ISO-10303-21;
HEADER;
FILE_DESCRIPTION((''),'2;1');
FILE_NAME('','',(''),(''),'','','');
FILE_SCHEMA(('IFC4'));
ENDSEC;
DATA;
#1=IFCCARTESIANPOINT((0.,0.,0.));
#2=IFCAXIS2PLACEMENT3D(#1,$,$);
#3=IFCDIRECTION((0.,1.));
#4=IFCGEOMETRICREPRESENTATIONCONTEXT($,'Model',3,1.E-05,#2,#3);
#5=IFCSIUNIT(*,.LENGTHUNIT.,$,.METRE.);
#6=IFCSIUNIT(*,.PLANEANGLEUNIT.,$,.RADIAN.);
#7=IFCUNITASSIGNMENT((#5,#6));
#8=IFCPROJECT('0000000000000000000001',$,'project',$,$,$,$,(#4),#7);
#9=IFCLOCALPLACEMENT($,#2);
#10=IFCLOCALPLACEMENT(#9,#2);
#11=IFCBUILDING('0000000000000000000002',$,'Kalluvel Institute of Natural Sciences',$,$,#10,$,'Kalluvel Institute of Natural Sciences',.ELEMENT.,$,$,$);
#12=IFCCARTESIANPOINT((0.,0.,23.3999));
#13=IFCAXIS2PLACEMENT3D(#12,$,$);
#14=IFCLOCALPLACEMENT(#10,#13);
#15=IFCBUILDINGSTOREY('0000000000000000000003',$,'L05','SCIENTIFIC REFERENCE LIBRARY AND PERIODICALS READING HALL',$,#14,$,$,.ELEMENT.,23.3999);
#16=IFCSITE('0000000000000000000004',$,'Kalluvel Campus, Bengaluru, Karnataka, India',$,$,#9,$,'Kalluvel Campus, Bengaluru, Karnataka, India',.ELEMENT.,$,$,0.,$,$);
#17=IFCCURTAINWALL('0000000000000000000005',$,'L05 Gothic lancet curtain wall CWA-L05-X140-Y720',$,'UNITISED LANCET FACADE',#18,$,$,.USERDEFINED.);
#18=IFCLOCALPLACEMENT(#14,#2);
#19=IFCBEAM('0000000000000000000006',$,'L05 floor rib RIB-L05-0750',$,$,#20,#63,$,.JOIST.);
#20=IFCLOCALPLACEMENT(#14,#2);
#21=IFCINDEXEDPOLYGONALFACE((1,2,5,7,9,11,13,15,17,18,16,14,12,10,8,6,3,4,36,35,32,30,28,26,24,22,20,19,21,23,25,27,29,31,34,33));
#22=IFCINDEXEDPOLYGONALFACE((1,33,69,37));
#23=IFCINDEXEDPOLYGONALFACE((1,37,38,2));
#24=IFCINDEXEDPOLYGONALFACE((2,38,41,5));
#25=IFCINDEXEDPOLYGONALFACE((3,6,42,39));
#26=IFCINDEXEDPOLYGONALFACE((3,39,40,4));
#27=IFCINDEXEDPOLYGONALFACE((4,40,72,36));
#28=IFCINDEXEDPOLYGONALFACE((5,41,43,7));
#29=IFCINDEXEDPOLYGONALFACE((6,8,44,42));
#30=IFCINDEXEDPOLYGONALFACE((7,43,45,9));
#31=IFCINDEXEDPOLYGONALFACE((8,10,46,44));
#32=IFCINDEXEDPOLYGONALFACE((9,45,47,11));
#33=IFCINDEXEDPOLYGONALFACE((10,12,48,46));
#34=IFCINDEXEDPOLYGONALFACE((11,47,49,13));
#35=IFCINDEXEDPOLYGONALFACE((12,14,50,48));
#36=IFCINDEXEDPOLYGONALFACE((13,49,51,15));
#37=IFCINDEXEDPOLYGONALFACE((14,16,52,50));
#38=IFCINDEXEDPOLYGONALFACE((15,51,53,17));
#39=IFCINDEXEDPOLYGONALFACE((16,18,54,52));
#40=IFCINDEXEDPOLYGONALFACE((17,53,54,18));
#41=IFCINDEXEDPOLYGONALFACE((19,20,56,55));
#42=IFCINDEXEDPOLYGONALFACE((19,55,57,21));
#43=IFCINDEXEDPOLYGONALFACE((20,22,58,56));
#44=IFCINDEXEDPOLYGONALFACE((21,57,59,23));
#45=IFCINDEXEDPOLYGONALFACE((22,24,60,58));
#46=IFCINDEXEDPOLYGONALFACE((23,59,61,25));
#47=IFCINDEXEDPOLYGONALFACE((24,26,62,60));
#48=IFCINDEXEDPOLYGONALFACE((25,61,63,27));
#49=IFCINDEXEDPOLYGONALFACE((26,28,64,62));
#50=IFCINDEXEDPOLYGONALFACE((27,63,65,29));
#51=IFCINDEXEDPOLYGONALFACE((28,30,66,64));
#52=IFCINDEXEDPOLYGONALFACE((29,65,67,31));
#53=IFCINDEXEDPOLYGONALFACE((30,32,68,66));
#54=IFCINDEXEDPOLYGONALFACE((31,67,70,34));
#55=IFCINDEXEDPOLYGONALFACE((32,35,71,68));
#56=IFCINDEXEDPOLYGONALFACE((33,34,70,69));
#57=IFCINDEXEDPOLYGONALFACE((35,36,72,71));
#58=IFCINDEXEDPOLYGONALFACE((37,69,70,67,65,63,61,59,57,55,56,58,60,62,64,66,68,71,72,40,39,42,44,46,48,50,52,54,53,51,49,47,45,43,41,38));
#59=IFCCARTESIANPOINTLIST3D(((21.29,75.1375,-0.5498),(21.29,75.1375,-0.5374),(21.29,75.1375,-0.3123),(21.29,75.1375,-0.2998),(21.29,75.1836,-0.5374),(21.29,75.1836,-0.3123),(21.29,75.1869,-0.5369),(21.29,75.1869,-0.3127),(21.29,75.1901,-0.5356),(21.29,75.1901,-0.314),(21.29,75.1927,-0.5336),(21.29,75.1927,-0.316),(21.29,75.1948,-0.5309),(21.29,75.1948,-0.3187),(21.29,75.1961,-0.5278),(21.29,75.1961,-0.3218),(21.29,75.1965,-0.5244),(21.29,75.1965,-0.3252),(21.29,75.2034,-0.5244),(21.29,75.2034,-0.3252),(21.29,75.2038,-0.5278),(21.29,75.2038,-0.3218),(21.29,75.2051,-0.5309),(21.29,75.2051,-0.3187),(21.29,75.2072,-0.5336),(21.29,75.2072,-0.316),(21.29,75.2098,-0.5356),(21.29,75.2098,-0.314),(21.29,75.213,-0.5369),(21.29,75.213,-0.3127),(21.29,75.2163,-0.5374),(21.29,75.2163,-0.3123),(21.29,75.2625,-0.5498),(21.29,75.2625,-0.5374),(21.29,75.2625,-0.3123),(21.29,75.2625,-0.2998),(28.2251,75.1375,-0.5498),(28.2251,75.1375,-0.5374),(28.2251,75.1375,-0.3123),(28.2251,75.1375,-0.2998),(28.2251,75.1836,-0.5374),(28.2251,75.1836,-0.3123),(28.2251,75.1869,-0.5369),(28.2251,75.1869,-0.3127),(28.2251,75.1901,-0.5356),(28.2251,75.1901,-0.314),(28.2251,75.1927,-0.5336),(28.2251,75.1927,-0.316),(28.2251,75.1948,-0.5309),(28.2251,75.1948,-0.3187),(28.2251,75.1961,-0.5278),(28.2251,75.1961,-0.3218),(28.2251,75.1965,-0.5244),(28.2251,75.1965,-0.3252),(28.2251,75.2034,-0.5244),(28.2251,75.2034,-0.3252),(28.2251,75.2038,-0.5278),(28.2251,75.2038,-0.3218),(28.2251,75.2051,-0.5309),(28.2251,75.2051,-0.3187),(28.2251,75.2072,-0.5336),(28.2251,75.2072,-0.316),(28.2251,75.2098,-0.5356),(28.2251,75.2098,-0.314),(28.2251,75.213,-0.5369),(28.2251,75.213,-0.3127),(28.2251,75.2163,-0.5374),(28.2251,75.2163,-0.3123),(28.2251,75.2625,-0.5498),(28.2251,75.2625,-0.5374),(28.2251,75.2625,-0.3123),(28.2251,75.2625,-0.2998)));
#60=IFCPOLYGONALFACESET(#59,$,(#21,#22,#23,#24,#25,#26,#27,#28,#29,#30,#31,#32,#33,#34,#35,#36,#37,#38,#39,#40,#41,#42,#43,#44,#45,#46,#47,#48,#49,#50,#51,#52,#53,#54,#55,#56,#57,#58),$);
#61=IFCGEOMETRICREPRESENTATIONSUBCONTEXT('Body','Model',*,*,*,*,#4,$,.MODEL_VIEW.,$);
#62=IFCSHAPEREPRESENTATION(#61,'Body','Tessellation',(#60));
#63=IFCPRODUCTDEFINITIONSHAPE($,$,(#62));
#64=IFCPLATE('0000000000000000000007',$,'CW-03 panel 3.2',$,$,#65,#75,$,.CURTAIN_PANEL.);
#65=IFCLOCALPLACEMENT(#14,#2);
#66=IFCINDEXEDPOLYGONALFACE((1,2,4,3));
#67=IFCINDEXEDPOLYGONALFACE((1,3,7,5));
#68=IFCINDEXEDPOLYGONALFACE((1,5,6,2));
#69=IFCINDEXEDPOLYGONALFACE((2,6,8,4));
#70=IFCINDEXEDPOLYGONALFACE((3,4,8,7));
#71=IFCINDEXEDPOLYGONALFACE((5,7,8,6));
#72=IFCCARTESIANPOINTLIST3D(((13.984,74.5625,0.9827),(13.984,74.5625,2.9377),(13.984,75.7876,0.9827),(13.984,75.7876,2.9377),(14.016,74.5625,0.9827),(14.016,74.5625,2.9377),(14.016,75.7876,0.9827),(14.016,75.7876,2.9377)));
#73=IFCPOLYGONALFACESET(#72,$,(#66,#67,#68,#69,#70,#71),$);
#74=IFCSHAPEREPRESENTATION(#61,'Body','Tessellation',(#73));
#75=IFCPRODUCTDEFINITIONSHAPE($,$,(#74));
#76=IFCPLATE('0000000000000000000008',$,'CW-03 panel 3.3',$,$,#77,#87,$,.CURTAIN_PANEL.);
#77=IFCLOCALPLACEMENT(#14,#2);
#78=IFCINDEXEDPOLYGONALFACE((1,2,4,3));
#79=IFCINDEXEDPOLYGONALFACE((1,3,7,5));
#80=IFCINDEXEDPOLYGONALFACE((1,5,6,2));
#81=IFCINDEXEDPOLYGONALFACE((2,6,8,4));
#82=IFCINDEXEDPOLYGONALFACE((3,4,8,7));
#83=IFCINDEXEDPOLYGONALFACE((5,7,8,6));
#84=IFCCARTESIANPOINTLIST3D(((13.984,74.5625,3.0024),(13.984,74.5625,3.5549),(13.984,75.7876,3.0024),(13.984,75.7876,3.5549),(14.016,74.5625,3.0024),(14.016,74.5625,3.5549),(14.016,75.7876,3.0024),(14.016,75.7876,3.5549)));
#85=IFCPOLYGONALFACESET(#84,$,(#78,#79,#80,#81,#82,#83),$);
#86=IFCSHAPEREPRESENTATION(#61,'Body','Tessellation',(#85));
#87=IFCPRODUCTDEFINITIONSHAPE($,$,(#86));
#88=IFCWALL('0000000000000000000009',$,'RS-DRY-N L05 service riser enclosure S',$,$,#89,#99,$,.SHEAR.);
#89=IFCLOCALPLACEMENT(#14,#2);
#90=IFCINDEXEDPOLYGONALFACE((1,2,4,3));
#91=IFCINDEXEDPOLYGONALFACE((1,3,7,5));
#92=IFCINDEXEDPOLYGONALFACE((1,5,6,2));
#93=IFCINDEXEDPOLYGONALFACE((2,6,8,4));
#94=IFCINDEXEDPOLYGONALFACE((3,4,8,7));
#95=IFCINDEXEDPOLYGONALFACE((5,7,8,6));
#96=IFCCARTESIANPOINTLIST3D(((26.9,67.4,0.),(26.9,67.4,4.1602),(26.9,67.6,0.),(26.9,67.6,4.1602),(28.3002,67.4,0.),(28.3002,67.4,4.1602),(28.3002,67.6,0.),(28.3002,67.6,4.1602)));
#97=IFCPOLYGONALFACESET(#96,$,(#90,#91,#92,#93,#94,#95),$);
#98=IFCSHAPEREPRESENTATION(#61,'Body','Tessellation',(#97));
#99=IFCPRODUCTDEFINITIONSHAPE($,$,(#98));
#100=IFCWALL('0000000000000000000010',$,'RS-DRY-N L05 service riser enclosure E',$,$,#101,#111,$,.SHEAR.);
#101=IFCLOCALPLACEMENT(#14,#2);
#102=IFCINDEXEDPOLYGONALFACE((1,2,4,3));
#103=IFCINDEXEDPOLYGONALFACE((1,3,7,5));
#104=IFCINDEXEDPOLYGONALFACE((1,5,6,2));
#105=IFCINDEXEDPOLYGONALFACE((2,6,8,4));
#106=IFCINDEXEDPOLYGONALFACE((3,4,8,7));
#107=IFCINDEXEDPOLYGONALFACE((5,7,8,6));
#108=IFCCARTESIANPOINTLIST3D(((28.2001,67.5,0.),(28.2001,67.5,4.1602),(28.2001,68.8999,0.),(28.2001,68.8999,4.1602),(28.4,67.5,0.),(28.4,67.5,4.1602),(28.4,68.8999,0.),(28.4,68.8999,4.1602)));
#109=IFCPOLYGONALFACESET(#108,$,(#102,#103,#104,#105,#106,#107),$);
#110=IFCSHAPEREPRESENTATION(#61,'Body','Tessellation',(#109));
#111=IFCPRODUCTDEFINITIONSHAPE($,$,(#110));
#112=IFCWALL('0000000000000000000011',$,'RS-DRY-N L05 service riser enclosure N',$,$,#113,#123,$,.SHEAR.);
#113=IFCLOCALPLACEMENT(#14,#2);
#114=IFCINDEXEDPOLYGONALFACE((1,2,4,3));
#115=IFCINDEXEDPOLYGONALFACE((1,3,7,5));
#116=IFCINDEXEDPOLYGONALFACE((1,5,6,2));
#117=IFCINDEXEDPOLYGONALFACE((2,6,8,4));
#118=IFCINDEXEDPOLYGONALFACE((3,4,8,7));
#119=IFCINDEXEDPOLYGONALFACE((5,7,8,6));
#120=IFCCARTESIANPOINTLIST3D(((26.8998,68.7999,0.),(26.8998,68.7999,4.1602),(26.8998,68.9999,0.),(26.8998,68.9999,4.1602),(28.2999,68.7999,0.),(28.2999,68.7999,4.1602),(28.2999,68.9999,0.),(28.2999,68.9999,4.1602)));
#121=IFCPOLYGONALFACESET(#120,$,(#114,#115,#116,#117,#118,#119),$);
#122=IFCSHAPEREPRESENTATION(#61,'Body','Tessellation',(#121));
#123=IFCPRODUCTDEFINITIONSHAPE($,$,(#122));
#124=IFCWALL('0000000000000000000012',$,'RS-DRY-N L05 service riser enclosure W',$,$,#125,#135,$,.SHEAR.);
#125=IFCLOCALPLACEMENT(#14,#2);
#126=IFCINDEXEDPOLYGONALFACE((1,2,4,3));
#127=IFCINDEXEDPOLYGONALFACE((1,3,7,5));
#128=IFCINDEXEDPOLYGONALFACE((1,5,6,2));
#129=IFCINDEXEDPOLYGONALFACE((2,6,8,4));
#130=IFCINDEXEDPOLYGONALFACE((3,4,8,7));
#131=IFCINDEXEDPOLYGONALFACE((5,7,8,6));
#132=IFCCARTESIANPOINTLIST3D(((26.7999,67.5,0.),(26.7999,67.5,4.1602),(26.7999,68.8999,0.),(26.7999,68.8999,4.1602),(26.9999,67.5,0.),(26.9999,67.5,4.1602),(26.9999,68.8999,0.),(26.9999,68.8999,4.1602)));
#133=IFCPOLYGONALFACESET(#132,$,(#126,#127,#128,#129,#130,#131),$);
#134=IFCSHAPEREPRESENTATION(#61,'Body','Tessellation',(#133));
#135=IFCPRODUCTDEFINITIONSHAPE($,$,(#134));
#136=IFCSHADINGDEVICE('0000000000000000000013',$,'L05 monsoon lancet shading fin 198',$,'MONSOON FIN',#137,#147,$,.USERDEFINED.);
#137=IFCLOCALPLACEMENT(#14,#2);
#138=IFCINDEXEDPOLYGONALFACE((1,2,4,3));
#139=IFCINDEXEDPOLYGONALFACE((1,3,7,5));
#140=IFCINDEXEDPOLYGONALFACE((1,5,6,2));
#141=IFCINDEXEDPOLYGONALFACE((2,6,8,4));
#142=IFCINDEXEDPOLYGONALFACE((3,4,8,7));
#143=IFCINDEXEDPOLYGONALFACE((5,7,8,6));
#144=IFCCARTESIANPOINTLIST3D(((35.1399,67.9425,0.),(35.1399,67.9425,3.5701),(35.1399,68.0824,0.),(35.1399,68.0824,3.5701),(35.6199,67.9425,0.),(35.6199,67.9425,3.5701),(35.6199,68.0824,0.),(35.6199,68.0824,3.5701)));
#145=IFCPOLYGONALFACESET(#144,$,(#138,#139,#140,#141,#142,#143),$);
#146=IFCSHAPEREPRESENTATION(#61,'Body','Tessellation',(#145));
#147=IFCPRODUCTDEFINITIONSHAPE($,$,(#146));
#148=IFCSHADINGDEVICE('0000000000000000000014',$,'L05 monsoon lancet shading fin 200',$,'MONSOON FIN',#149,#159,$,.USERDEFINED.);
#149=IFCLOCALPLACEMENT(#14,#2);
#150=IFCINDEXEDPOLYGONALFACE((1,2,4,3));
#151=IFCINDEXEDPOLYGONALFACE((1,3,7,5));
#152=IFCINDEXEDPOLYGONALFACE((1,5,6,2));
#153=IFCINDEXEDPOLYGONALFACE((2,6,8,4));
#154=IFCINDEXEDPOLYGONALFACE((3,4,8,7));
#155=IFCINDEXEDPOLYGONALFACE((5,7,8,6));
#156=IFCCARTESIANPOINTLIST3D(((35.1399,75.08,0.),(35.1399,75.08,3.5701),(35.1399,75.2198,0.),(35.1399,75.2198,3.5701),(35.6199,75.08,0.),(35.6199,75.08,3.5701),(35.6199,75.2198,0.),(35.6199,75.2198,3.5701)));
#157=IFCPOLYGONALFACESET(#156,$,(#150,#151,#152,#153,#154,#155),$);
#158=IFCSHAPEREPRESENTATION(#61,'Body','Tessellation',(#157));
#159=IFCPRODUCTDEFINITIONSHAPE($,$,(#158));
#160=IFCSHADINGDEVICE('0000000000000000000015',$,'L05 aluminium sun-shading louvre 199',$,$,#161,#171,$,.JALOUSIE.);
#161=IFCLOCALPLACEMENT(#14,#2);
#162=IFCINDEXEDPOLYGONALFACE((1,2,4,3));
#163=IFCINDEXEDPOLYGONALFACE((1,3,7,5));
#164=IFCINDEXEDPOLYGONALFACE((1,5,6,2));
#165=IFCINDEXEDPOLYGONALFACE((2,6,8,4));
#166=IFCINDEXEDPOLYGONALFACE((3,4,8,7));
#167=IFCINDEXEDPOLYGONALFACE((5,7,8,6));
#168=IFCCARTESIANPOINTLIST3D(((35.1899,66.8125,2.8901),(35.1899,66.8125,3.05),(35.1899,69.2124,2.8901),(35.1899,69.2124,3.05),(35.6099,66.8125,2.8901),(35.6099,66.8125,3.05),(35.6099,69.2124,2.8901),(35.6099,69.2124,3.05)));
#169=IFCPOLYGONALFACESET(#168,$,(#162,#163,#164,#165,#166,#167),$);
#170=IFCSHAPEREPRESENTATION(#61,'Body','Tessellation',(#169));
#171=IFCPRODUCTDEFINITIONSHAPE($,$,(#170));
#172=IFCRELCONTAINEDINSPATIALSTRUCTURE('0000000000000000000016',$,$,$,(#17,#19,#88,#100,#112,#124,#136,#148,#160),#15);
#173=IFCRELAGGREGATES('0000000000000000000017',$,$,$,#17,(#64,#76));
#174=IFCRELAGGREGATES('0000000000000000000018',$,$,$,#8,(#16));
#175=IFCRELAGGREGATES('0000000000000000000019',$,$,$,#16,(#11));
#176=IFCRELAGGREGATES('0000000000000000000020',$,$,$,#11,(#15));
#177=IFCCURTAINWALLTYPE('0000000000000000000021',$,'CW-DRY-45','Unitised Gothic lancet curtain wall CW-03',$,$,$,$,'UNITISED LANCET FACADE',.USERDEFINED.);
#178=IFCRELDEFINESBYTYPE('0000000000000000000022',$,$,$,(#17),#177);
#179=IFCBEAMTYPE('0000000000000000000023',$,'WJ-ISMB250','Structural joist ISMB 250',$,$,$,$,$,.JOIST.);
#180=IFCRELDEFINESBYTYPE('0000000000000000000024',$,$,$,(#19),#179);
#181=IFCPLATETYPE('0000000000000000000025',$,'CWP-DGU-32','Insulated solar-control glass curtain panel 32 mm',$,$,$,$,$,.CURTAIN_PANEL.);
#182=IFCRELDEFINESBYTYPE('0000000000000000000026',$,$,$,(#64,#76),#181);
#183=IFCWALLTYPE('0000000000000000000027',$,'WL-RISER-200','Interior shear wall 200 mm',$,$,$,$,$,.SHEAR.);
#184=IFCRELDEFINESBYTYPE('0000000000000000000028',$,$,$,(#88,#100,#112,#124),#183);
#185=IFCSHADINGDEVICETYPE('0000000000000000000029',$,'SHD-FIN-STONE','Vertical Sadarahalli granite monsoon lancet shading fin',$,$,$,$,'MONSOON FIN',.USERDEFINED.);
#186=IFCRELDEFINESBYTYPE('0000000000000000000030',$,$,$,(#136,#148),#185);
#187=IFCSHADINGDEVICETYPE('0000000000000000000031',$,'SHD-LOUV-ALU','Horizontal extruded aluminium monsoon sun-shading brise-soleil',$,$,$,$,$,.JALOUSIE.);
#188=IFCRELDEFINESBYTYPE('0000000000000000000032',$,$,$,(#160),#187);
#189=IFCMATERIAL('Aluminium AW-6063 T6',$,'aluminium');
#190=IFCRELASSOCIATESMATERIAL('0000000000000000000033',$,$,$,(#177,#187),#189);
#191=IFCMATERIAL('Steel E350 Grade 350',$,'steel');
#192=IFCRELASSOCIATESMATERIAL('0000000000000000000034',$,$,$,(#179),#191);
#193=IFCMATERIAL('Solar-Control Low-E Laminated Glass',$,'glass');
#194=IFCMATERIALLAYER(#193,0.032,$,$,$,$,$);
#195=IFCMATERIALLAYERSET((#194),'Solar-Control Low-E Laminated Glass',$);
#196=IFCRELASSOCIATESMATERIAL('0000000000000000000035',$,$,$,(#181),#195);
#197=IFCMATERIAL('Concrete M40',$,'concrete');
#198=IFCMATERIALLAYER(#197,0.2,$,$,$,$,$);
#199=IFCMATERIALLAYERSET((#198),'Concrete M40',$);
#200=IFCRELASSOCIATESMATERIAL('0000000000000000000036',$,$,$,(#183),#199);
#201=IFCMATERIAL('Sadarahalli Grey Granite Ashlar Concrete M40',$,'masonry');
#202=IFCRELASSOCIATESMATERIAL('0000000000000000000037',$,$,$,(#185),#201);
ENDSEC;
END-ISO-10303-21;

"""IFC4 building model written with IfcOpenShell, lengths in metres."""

from ifc_helpers import new_model, si_unit, direction, frame, frame_2d, origin, origin_2d, place, context, subcontext, project, spatial, rectangle, i_section, extrude, material, layer, layer_set, material_profile, profile_set, type_object, element, aggregate, save


model = new_model("IFC4")

# Units and contexts
model_context = context("Model", 3, precision=1e-05, world=origin(), true_north=direction((0.0, 1.0)))
body_context = subcontext(model_context, "Body", "Model", "MODEL_VIEW")
ifc_project = project(units=[si_unit("LENGTHUNIT", "METRE"), si_unit("PLANEANGLEUNIT", "RADIAN")], contexts=[model_context])

# Site, building, storey
site_placement = place(None, origin())
site = spatial("IfcSite", under=ifc_project, at=site_placement, Name="Kalluvel Campus, Bengaluru, Karnataka, India", LongName="Kalluvel Campus, Bengaluru, Karnataka, India", CompositionType="ELEMENT", RefElevation=0.0)
building_placement = place(site_placement, origin())
building = spatial("IfcBuilding", under=site, at=building_placement, Name="Kalluvel Institute of Natural Sciences", LongName="Kalluvel Institute of Natural Sciences", CompositionType="ELEMENT")
storey_placement = place(building_placement, frame((0.0, 0.0, 23.3999)))
storey = spatial("IfcBuildingStorey", under=building, at=storey_placement, Name="L05", Description="SCIENTIFIC REFERENCE LIBRARY AND PERIODICALS READING HALL", CompositionType="ELEMENT", Elevation=23.3999)

# Shared definitions
ifc_material_1 = material(Name="Concrete M40", Category="concrete")

# Shared definitions
ifc_material_2 = material(Name="Steel E350 Grade 350", Category="steel")

# Curtain wall
ifc_material_3 = material(Name="Aluminium AW-6063 T6", Category="aluminium")
curtain_wall_type = type_object("IfcCurtainWallType", Name="CW-DRY-45", Description="Unitised Gothic lancet curtain wall CW-03", ElementType="UNITISED LANCET FACADE", PredefinedType="USERDEFINED", material=ifc_material_3)
curtain_wall_placement = place(storey_placement, origin())
curtain_wall = element("IfcCurtainWall", 1, at=curtain_wall_placement, inside=storey, type_object=curtain_wall_type, Name="L05 Gothic lancet curtain wall CWA-L05-X140-Y720", ObjectType="UNITISED LANCET FACADE", PredefinedType="USERDEFINED")

# Beam
ifc_material_profile_1 = material_profile(ifc_material_2, i_section(OverallWidth=0.125, OverallDepth=0.25, WebThickness=0.0068, FlangeThickness=0.0125, FilletRadius=0.0129, at=origin_2d()), Name="ISMB 250")
ifc_profile_set_1 = profile_set([ifc_material_profile_1], Name="Steel E350 Grade 350")
beam_type_1 = type_object("IfcBeamType", Name="WJ-ISMB250", Description="Structural joist ISMB 250", PredefinedType="JOIST", material=ifc_profile_set_1)
beam_1_placement = place(storey_placement, frame((21.29, 75.2, -0.4248), z_axis=(1.0, 0.0, 0.0), x_axis=(0.0, 1.0, 0.0)))
element("IfcBeam", 2, at=beam_1_placement, inside=storey, type_object=beam_type_1, Name="L05 floor rib RIB-L05-0750", PredefinedType="JOIST", context=body_context, shape_type="SweptSolid", body=[
    extrude(i_section(OverallWidth=0.125, OverallDepth=0.25, WebThickness=0.0068, FlangeThickness=0.0125, FilletRadius=0.0129, at=origin_2d()), origin(), (0.0, 0.0, 1.0), 6.9351),
])

# Plates
ifc_material_4 = material(Name="Solar-Control Low-E Laminated Glass", Category="glass")
ifc_layer_1 = layer(ifc_material_4, 0.032)
ifc_layer_set_1 = layer_set([ifc_layer_1], Name="Solar-Control Low-E Laminated Glass")
plate_type = type_object("IfcPlateType", Name="CWP-DGU-32", Description="Insulated solar-control glass curtain panel 32 mm", PredefinedType="CURTAIN_PANEL", material=ifc_layer_set_1)
plate_1_placement = place(storey_placement, frame((14.0, 75.175, 0.9827), z_axis=(0.0, 0.0, 1.0), x_axis=(0.0, 1.0, 0.0)))
plate_1 = element("IfcPlate", 3, at=plate_1_placement, type_object=plate_type, Name="CW-03 panel 3.2", PredefinedType="CURTAIN_PANEL", context=body_context, shape_type="SweptSolid", body=[
    extrude(rectangle(XDim=1.2251, YDim=0.032, at=origin_2d()), origin(), (0.0, 0.0, 1.0), 1.9551),
])
plate_2_placement = place(storey_placement, frame((14.0, 75.175, 3.0024), z_axis=(0.0, 0.0, 1.0), x_axis=(0.0, 1.0, 0.0)))
plate_2 = element("IfcPlate", 4, at=plate_2_placement, type_object=plate_type, Name="CW-03 panel 3.3", PredefinedType="CURTAIN_PANEL", context=body_context, shape_type="SweptSolid", body=[
    extrude(rectangle(XDim=1.2251, YDim=0.032, at=origin_2d()), origin(), (0.0, 0.0, 1.0), 0.5525),
])
aggregate(curtain_wall, [plate_1, plate_2])

# Walls
ifc_layer_2 = layer(ifc_material_1, 0.2)
ifc_layer_set_2 = layer_set([ifc_layer_2], Name="Concrete M40")
wall_type = type_object("IfcWallType", Name="WL-RISER-200", Description="Interior shear wall 200 mm", PredefinedType="SHEAR", material=ifc_layer_set_2)
wall_1_placement = place(storey_placement, frame((26.8999, 67.5, 0.0), z_axis=(0.0, 0.0, 1.0), x_axis=(1.0, 0.0, 0.0)))
element("IfcWall", 5, at=wall_1_placement, inside=storey, type_object=wall_type, Name="RS-DRY-N L05 service riser enclosure S", PredefinedType="SHEAR", context=body_context, shape_type="SweptSolid", body=[
    extrude(rectangle(XDim=1.4001, YDim=0.2, at=frame_2d((0.7002, 0.0))), origin(), (0.0, 0.0, 1.0), 4.1602),
])
wall_2_placement = place(storey_placement, frame((28.3, 67.5, 0.0), z_axis=(0.0, 0.0, 1.0), x_axis=(0.0, 1.0, 0.0)))
element("IfcWall", 6, at=wall_2_placement, inside=storey, type_object=wall_type, Name="RS-DRY-N L05 service riser enclosure E", PredefinedType="SHEAR", context=body_context, shape_type="SweptSolid", body=[
    extrude(rectangle(XDim=1.3999, YDim=0.2, at=frame_2d((0.7, 0.0))), origin(), (0.0, 0.0, 1.0), 4.1602),
])
wall_3_placement = place(storey_placement, frame((28.3, 68.8999, 0.0), z_axis=(0.0, 0.0, 1.0), x_axis=(-1.0, 0.0, 0.0)))
element("IfcWall", 7, at=wall_3_placement, inside=storey, type_object=wall_type, Name="RS-DRY-N L05 service riser enclosure N", PredefinedType="SHEAR", context=body_context, shape_type="SweptSolid", body=[
    extrude(rectangle(XDim=1.4001, YDim=0.2, at=frame_2d((0.7002, 0.0))), origin(), (0.0, 0.0, 1.0), 4.1602),
])
wall_4_placement = place(storey_placement, frame((26.8999, 68.8999, 0.0), z_axis=(0.0, 0.0, 1.0), x_axis=(0.0, -1.0, 0.0)))
element("IfcWall", 8, at=wall_4_placement, inside=storey, type_object=wall_type, Name="RS-DRY-N L05 service riser enclosure W", PredefinedType="SHEAR", context=body_context, shape_type="SweptSolid", body=[
    extrude(rectangle(XDim=1.3999, YDim=0.2, at=frame_2d((0.7, 0.0))), origin(), (0.0, 0.0, 1.0), 4.1602),
])

# Shading devices
ifc_material_5 = material(Name="Sadarahalli Grey Granite Ashlar Concrete M40", Category="masonry")
shading_device_type_1 = type_object("IfcShadingDeviceType", Name="SHD-FIN-STONE", Description="Vertical Sadarahalli granite monsoon lancet shading fin", ElementType="MONSOON FIN", PredefinedType="USERDEFINED", material=ifc_material_5)
for number, where, z_axis, x_axis, name in (
    (9, (35.3799, 68.0125, 0.0), (0.0, 0.0, 1.0), (0.0, 1.0, 0.0), "L05 monsoon lancet shading fin 198"),
    (10, (35.3799, 75.1499, 0.0), (0.0, 0.0, 1.0), (0.0, 1.0, 0.0), "L05 monsoon lancet shading fin 200"),
):
    element("IfcShadingDevice", number, at=place(storey_placement, frame(where, z_axis=z_axis, x_axis=x_axis)), inside=storey, type_object=shading_device_type_1, Name=name, ObjectType="MONSOON FIN", PredefinedType="USERDEFINED", context=body_context, shape_type="SweptSolid", body=[
        extrude(rectangle(XDim=0.1399, YDim=0.48, at=origin_2d()), origin(), (0.0, 0.0, 1.0), 3.5701),
    ])
shading_device_type_2 = type_object("IfcShadingDeviceType", Name="SHD-LOUV-ALU", Description="Horizontal extruded aluminium monsoon sun-shading brise-soleil", PredefinedType="JALOUSIE", material=ifc_material_3)
shading_device_placement = place(storey_placement, frame((35.3999, 68.0125, 2.8901), z_axis=(0.0, 0.0, 1.0), x_axis=(0.0, 1.0, 0.0)))
element("IfcShadingDevice", 11, at=shading_device_placement, inside=storey, type_object=shading_device_type_2, Name="L05 aluminium sun-shading louvre 199", PredefinedType="JALOUSIE", context=body_context, shape_type="SweptSolid", body=[
    extrude(rectangle(XDim=2.3999, YDim=0.4199, at=origin_2d()), origin(), (0.0, 0.0, 1.0), 0.1599),
])

save(model, "model.ifc")
